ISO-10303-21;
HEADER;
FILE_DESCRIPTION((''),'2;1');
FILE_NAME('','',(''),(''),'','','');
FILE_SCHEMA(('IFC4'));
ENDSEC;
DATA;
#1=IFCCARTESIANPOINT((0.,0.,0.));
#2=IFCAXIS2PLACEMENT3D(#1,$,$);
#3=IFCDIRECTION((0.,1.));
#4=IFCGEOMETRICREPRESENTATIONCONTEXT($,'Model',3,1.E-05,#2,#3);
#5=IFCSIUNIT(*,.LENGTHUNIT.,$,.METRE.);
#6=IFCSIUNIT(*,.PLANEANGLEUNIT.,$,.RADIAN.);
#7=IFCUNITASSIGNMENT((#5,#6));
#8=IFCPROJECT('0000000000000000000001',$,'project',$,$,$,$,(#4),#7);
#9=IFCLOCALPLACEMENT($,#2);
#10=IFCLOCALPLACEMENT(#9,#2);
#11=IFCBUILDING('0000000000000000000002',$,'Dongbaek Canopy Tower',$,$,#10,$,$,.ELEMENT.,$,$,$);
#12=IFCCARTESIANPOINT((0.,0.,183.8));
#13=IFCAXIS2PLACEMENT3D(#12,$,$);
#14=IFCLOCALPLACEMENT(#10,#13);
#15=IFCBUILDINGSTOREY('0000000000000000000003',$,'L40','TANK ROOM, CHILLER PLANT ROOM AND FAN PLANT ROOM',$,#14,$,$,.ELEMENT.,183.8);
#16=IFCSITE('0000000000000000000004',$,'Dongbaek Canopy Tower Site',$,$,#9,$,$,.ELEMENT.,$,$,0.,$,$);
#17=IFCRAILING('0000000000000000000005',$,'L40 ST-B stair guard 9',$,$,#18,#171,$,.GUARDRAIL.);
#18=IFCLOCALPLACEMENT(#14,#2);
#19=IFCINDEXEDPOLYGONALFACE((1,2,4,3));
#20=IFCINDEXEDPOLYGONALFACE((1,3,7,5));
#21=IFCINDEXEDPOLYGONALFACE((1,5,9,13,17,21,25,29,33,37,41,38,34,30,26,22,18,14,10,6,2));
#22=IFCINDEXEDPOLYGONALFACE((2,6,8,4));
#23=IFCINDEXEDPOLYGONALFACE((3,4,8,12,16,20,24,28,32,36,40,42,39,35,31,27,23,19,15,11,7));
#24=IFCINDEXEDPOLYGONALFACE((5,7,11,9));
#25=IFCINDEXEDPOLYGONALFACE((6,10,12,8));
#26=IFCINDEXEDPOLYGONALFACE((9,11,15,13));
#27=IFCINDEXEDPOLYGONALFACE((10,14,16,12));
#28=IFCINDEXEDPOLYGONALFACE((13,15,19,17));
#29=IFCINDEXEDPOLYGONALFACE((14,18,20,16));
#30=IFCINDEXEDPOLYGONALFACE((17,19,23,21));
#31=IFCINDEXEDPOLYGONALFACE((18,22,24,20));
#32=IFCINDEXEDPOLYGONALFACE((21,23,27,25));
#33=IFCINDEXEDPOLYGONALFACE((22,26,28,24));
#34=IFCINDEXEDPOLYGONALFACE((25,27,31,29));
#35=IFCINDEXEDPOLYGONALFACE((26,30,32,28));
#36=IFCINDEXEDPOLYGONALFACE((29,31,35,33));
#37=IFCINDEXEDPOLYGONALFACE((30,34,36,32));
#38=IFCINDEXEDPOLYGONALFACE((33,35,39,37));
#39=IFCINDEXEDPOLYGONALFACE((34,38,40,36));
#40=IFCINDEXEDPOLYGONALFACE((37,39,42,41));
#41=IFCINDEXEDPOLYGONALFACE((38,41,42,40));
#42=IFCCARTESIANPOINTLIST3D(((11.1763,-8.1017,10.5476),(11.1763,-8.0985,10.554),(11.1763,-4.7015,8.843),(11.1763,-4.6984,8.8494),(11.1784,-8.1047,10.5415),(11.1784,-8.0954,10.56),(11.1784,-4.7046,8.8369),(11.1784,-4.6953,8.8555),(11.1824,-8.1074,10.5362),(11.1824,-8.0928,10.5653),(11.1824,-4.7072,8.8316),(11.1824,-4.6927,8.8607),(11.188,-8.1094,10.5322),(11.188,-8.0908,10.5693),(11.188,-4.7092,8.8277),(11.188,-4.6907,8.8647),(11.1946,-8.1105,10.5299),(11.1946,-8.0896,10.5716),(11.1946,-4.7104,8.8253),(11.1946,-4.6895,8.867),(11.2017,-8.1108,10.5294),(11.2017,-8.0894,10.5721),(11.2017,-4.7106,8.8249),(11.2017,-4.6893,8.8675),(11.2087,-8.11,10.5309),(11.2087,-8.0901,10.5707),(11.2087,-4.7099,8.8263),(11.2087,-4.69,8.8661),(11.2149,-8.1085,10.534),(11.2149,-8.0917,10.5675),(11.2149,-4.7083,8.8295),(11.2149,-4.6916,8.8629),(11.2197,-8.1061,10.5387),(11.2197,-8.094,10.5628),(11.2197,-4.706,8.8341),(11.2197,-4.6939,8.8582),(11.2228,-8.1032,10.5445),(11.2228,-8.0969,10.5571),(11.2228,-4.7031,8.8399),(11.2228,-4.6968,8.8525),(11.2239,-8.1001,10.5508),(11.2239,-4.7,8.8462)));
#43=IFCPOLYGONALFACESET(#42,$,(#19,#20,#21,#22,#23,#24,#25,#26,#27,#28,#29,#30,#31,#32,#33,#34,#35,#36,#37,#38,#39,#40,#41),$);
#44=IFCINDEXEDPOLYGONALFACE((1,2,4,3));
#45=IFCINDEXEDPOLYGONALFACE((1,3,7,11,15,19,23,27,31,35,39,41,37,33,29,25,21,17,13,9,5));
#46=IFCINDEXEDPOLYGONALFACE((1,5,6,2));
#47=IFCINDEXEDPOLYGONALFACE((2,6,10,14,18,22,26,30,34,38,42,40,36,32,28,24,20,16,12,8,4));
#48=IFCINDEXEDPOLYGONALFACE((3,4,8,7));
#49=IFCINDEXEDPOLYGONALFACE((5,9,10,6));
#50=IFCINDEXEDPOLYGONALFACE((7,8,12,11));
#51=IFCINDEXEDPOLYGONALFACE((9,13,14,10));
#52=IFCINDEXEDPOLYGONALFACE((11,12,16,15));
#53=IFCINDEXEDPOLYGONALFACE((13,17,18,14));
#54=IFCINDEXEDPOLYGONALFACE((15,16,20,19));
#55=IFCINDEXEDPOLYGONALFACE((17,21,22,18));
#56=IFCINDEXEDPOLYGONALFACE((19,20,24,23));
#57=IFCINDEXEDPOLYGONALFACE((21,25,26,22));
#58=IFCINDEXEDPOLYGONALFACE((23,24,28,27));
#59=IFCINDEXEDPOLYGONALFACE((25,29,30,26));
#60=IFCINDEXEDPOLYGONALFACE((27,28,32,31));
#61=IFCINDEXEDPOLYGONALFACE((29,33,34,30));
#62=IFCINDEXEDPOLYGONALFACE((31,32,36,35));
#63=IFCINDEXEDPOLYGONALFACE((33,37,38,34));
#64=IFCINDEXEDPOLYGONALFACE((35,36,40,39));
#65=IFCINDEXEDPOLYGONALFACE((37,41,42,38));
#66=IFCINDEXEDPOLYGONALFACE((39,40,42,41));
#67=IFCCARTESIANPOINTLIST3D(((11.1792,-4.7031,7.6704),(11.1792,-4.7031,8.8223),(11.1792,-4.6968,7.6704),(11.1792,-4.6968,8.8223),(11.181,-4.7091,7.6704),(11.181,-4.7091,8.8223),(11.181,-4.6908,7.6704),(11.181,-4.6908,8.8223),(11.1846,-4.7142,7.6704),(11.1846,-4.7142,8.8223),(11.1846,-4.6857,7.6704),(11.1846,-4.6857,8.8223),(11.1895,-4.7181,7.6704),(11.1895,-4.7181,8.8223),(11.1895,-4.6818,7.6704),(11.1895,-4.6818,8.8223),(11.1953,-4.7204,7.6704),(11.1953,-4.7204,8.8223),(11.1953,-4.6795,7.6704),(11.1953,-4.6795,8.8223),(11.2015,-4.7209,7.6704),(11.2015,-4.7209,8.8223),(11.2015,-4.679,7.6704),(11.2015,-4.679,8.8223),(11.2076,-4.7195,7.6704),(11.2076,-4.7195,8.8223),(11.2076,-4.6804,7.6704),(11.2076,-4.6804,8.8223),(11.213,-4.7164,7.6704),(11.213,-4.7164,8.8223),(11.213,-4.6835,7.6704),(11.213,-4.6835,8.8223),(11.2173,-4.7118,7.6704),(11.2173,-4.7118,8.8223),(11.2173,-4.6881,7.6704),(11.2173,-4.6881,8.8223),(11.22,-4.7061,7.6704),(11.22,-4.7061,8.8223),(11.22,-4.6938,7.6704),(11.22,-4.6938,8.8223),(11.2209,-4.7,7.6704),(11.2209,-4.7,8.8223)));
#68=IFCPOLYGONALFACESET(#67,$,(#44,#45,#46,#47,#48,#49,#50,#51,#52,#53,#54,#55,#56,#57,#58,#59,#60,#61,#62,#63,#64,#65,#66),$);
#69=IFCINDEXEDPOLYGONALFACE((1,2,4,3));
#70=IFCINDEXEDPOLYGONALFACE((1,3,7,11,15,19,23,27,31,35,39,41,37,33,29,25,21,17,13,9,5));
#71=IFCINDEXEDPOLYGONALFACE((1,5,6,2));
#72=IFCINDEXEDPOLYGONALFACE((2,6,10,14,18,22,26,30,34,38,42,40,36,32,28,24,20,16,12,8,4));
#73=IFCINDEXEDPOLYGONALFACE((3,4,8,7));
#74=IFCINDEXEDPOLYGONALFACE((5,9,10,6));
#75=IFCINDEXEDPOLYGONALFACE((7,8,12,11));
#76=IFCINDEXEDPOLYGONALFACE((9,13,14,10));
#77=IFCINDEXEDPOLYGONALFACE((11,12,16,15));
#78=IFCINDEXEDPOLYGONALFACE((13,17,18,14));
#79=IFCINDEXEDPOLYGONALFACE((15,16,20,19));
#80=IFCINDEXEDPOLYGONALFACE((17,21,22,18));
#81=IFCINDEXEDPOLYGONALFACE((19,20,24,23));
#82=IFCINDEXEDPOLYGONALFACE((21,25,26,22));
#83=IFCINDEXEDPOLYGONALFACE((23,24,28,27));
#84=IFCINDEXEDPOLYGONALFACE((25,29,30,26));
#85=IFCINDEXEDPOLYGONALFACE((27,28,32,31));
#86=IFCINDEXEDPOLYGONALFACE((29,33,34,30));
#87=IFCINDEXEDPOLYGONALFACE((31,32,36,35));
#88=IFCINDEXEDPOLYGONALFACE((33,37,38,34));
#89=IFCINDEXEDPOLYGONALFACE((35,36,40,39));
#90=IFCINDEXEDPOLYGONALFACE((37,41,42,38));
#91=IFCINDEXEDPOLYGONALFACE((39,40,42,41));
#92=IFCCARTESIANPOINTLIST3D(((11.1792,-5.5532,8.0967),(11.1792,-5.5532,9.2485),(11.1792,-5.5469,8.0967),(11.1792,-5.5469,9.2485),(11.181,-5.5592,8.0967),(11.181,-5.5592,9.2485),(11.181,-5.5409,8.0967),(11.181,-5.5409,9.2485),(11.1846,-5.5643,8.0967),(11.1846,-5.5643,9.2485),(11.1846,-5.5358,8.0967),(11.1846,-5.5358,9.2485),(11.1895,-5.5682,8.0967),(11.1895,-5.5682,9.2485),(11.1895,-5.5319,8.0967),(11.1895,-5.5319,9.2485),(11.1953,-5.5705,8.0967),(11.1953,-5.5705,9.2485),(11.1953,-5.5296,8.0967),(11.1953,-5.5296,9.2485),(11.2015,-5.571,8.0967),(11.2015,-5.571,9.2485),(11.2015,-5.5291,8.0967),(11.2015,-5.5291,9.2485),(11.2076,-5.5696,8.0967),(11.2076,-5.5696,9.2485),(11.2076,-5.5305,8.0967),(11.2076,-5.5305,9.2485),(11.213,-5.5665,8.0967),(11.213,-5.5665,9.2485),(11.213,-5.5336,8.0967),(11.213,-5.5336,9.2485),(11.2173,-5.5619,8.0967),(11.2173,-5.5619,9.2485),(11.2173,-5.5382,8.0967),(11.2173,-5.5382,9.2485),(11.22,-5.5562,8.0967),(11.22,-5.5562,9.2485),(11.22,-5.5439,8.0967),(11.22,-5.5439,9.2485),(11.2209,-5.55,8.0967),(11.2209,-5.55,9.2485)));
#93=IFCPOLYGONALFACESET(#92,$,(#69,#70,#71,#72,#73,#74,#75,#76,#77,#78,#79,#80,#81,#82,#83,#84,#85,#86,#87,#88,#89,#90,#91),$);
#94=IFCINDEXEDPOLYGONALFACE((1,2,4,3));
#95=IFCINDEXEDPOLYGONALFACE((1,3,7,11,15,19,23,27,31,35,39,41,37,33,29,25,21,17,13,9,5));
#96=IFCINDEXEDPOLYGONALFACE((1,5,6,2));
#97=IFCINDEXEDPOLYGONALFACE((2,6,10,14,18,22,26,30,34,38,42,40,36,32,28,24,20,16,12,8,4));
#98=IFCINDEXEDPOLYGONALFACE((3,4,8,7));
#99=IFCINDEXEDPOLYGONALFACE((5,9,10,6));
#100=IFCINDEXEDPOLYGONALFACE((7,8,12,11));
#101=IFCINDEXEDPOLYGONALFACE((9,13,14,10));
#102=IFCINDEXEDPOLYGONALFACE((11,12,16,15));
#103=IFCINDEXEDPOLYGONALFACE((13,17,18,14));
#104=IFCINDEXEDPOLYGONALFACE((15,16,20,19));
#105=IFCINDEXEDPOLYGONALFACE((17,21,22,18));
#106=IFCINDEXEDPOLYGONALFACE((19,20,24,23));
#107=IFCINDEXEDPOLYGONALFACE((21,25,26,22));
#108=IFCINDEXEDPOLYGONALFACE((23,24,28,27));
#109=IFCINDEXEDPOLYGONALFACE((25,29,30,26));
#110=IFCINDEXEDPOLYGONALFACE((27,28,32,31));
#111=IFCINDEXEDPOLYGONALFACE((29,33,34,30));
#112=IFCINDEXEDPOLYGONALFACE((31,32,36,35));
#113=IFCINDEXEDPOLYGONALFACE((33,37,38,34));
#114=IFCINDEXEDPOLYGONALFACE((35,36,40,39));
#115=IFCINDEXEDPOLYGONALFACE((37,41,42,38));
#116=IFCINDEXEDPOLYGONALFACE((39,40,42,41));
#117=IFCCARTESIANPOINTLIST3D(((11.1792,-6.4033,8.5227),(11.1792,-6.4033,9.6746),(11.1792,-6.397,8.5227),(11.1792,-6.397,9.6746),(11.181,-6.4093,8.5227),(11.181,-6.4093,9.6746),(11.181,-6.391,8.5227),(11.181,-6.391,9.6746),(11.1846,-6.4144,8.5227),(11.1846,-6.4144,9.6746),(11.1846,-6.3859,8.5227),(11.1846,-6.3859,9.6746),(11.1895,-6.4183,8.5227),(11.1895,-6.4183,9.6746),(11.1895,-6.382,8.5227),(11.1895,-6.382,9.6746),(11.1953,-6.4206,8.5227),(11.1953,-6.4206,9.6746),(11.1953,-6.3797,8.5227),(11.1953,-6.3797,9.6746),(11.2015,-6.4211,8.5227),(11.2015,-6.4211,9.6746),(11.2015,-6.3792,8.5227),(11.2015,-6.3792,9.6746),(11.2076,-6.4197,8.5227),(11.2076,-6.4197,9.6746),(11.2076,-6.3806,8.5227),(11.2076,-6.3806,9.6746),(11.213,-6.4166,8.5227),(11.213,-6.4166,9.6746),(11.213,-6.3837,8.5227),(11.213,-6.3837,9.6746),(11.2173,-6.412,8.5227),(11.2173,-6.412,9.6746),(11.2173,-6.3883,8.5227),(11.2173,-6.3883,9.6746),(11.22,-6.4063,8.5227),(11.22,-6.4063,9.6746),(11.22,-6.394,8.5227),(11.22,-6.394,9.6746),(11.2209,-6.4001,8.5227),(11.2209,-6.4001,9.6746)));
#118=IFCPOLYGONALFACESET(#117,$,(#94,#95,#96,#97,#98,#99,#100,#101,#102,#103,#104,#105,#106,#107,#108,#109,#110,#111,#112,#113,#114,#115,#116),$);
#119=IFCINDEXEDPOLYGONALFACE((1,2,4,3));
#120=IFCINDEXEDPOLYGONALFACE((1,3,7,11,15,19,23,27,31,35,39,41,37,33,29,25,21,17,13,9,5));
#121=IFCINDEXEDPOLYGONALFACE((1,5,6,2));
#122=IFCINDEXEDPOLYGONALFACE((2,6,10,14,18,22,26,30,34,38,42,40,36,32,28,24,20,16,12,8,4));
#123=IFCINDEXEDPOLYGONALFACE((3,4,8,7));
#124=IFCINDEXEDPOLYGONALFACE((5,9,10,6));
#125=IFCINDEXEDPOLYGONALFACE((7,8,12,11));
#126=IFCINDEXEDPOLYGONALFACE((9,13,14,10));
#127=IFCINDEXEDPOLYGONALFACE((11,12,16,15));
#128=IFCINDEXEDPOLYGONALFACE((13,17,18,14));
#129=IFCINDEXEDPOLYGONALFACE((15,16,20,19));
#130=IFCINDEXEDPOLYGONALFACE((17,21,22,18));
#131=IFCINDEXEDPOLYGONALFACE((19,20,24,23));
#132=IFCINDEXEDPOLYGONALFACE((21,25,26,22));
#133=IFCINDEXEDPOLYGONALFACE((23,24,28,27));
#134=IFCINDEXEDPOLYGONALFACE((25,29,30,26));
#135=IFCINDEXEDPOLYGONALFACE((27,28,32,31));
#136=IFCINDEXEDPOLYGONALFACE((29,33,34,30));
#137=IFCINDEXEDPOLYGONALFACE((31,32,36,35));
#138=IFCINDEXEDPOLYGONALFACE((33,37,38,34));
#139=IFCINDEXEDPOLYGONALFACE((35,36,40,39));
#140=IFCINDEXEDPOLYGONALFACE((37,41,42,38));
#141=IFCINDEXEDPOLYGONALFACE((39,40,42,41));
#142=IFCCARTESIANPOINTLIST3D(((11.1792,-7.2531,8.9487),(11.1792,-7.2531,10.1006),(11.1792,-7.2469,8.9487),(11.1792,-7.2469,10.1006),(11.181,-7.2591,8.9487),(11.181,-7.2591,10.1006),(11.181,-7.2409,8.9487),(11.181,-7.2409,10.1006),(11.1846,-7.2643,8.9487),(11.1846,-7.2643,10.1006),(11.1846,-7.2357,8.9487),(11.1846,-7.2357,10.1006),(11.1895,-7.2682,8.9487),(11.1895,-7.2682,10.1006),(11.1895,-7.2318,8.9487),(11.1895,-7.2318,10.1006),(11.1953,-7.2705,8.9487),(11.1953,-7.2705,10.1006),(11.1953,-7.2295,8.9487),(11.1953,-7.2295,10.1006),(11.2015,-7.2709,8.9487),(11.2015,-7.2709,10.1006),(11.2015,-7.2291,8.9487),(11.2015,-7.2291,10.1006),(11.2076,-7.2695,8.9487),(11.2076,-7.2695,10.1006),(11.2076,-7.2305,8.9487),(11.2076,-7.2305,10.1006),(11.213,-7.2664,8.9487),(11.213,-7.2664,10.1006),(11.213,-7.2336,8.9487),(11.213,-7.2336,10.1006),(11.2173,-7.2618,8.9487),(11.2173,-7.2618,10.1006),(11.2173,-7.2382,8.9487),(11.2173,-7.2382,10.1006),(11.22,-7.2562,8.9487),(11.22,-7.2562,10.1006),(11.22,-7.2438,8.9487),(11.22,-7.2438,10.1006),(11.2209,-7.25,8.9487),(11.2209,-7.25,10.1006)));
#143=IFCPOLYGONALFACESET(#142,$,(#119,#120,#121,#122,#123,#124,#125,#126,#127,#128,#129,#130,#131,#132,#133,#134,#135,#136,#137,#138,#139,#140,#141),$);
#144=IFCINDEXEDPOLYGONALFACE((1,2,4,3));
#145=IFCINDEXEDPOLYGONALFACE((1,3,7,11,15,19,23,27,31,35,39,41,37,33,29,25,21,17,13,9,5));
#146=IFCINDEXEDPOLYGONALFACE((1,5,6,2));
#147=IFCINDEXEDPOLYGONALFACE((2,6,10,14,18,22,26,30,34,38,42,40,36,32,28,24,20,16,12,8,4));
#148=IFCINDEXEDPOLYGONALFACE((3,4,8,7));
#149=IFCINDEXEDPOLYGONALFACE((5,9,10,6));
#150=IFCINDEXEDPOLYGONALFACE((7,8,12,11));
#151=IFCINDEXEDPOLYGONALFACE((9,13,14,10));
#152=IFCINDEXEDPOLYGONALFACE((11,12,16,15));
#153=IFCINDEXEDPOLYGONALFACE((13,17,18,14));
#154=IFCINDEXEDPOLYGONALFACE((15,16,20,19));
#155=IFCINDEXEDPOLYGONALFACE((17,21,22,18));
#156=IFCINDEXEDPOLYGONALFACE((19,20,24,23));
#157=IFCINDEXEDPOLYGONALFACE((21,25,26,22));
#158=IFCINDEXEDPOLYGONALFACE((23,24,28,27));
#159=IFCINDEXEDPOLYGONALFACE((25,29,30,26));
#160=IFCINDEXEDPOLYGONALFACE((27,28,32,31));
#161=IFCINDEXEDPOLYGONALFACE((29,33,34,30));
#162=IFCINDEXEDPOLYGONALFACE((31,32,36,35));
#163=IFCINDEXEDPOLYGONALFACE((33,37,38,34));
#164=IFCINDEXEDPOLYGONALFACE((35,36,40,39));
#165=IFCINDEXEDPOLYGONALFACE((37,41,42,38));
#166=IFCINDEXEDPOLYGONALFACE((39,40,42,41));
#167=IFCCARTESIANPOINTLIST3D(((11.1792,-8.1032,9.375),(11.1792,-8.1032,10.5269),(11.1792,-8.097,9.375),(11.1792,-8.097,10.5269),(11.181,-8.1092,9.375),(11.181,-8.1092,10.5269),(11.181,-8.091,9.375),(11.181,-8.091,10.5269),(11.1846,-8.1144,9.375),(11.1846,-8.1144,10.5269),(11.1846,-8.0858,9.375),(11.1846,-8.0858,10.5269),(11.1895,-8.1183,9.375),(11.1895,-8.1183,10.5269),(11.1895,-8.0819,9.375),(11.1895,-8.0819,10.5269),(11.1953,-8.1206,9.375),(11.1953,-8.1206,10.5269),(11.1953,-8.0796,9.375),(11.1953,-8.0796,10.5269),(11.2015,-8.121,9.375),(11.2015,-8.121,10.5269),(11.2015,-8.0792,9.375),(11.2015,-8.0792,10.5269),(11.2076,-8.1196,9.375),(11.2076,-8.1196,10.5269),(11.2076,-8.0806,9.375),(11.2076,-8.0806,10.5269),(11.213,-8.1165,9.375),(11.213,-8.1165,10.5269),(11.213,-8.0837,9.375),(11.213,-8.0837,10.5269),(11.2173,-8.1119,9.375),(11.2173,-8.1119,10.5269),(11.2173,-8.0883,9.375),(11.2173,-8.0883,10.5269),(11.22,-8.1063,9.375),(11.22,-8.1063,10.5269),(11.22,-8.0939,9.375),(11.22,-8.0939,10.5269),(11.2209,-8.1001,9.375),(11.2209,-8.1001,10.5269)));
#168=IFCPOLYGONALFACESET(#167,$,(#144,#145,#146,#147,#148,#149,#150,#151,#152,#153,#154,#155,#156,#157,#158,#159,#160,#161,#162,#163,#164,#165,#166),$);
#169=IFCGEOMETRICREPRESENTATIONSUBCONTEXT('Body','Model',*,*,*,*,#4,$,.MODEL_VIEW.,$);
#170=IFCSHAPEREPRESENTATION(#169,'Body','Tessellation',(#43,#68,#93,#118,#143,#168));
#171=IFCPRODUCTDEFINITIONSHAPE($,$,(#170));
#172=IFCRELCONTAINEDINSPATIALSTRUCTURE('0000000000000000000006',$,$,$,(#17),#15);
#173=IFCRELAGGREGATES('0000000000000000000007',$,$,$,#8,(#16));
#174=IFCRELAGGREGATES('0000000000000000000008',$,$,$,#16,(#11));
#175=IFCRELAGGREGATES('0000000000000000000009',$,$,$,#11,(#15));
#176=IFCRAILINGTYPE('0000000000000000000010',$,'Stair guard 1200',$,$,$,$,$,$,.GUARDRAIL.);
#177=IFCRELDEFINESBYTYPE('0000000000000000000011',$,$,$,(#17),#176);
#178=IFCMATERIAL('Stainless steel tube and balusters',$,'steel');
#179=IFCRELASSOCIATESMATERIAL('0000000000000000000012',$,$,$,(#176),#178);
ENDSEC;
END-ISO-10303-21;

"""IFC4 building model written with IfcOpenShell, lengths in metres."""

from ifc_helpers import new_model, si_unit, direction, frame, origin, origin_2d, place, context, subcontext, project, spatial, circle, extrude, material, type_object, element, save


model = new_model("IFC4")

# Units and contexts
model_context = context("Model", 3, precision=1e-05, world=origin(), true_north=direction((0.0, 1.0)))
body_context = subcontext(model_context, "Body", "Model", "MODEL_VIEW")
ifc_project = project(units=[si_unit("LENGTHUNIT", "METRE"), si_unit("PLANEANGLEUNIT", "RADIAN")], contexts=[model_context])

# Site, building, storey
site_placement = place(None, origin())
site = spatial("IfcSite", under=ifc_project, at=site_placement, Name="Dongbaek Canopy Tower Site", CompositionType="ELEMENT", RefElevation=0.0)
building_placement = place(site_placement, origin())
building = spatial("IfcBuilding", under=site, at=building_placement, Name="Dongbaek Canopy Tower", CompositionType="ELEMENT")
storey_placement = place(building_placement, frame((0.0, 0.0, 183.8)))
storey = spatial("IfcBuildingStorey", under=building, at=storey_placement, Name="L40", Description="TANK ROOM, CHILLER PLANT ROOM AND FAN PLANT ROOM", CompositionType="ELEMENT", Elevation=183.8)

# Railing
ifc_material_1 = material(Name="Stainless steel tube and balusters", Category="steel")
railing_type_1 = type_object("IfcRailingType", Name="Stair guard 1200", PredefinedType="GUARDRAIL", material=ifc_material_1)
for number, where, name in (
    (1, (11.2, -4.7, 7.6704), "L40 ST-B stair guard 9"),
):
    element("IfcRailing", number, at=place(storey_placement, frame(where)), inside=storey, type_object=railing_type_1, Name=name, PredefinedType="GUARDRAIL", context=body_context, shape_type="SweptSolid", body=[
        extrude(circle(Radius=0.0239, at=origin_2d()), frame((0.0, 0.0, 1.1758), z_axis=(0.0, -0.893952, 0.448163), x_axis=(1.0, 0.0, 0.0)), (0.0, 0.0, 1.0), 3.8035),
        extrude(circle(Radius=0.021, at=origin_2d()), origin(), (0.0, 0.0, 1.0), 1.1519),
        extrude(circle(Radius=0.021, at=origin_2d()), frame((0.0, -0.8501, 0.4263)), (0.0, 0.0, 1.0), 1.1519),
        extrude(circle(Radius=0.021, at=origin_2d()), frame((0.0, -1.7002, 0.8523)), (0.0, 0.0, 1.0), 1.1519),
        extrude(circle(Radius=0.021, at=origin_2d()), frame((0.0, -2.55, 1.2783)), (0.0, 0.0, 1.0), 1.1519),
        extrude(circle(Radius=0.021, at=origin_2d()), frame((0.0, -3.4001, 1.7046)), (0.0, 0.0, 1.0), 1.1519),
    ])

save(model, "model.ifc")
